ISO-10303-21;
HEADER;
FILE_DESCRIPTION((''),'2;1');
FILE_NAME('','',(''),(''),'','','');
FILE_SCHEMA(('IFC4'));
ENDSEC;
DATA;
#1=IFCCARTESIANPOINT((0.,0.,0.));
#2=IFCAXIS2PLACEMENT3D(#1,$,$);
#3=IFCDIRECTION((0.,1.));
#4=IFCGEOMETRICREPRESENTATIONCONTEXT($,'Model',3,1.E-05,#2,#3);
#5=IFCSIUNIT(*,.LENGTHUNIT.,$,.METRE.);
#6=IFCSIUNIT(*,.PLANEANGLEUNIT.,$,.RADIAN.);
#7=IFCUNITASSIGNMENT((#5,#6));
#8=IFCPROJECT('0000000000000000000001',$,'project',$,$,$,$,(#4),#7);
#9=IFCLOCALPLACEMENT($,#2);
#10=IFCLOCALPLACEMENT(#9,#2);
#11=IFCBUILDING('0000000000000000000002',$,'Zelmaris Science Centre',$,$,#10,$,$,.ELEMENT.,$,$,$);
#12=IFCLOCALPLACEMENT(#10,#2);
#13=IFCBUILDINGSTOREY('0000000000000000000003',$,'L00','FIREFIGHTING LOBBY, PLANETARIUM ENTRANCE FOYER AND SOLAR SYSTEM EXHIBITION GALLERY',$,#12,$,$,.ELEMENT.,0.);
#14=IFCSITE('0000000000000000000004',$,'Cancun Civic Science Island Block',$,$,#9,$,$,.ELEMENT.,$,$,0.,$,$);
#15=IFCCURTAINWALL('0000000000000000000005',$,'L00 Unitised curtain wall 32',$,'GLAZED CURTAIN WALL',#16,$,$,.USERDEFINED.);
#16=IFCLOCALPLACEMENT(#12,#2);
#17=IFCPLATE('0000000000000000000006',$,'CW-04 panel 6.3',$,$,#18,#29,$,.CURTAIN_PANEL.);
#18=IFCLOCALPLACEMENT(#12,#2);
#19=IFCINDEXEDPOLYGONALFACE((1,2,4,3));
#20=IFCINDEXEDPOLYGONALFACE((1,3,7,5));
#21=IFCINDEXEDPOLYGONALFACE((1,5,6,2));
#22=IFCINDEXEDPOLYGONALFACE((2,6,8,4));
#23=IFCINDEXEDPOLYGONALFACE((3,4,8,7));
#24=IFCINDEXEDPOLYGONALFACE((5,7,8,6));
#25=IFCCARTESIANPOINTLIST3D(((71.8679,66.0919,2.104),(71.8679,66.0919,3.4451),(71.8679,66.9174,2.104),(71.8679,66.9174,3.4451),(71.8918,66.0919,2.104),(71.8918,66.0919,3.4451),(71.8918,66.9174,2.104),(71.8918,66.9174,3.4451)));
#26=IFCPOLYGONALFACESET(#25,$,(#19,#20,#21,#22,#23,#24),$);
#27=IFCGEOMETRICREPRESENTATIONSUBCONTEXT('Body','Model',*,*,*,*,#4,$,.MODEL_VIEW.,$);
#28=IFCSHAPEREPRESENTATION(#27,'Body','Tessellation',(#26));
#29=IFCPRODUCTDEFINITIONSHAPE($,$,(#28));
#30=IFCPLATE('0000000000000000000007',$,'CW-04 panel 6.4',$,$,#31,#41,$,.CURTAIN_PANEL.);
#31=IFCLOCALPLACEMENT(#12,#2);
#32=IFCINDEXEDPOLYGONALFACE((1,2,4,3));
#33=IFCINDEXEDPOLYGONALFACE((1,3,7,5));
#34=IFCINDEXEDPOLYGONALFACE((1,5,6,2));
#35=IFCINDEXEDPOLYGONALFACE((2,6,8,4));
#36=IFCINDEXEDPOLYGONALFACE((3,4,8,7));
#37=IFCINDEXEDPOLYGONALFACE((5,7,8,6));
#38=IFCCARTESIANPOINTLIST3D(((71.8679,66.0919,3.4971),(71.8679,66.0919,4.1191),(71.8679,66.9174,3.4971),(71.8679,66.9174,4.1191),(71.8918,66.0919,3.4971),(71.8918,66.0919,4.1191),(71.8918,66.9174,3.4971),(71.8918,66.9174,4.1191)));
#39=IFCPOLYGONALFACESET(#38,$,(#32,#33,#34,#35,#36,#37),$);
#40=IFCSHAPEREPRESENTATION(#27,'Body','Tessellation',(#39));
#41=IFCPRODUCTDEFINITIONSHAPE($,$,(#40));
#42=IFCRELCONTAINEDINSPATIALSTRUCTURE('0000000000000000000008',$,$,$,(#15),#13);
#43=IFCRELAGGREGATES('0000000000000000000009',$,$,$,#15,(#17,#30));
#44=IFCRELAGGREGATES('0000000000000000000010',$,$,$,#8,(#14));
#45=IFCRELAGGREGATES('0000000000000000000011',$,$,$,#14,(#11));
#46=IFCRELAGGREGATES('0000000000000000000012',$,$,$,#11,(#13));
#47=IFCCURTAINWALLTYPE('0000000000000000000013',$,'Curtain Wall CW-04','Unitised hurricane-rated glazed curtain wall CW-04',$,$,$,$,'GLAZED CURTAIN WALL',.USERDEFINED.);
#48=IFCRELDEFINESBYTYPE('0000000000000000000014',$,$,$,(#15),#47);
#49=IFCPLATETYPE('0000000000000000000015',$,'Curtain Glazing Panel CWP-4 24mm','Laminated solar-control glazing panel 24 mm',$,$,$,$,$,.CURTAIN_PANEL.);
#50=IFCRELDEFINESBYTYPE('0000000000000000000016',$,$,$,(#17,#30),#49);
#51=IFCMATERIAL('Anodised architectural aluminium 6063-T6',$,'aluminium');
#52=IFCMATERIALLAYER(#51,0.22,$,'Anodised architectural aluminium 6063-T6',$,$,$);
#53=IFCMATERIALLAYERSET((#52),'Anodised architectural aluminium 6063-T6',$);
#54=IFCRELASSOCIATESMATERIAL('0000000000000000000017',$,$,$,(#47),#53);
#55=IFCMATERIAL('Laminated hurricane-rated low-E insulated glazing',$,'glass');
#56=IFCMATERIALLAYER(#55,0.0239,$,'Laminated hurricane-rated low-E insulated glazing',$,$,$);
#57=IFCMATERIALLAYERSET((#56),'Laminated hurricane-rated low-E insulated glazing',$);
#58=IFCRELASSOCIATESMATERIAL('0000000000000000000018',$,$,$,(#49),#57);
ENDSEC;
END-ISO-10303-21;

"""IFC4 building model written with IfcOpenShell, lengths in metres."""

from ifc_helpers import new_model, si_unit, direction, frame, origin, origin_2d, place, context, subcontext, project, spatial, rectangle, extrude, material, layer, layer_set, type_object, element, aggregate, save


model = new_model("IFC4")

# Units and contexts
model_context = context("Model", 3, precision=1e-05, world=origin(), true_north=direction((0.0, 1.0)))
body_context = subcontext(model_context, "Body", "Model", "MODEL_VIEW")
ifc_project = project(units=[si_unit("LENGTHUNIT", "METRE"), si_unit("PLANEANGLEUNIT", "RADIAN")], contexts=[model_context])

# Site, building, storey
site_placement = place(None, origin())
site = spatial("IfcSite", under=ifc_project, at=site_placement, Name="Cancun Civic Science Island Block", CompositionType="ELEMENT", RefElevation=0.0)
building_placement = place(site_placement, origin())
building = spatial("IfcBuilding", under=site, at=building_placement, Name="Zelmaris Science Centre", CompositionType="ELEMENT")
storey_placement = place(building_placement, origin())
storey = spatial("IfcBuildingStorey", under=building, at=storey_placement, Name="L00", Description="FIREFIGHTING LOBBY, PLANETARIUM ENTRANCE FOYER AND SOLAR SYSTEM EXHIBITION GALLERY", CompositionType="ELEMENT", Elevation=0.0)

# Curtain wall
ifc_material_1 = material(Name="Anodised architectural aluminium 6063-T6", Category="aluminium")
ifc_layer_1 = layer(ifc_material_1, 0.22, Name="Anodised architectural aluminium 6063-T6")
ifc_layer_set_1 = layer_set([ifc_layer_1], Name="Anodised architectural aluminium 6063-T6")
curtain_wall_type = type_object("IfcCurtainWallType", Name="Curtain Wall CW-04", Description="Unitised hurricane-rated glazed curtain wall CW-04", ElementType="GLAZED CURTAIN WALL", PredefinedType="USERDEFINED", material=ifc_layer_set_1)
curtain_wall_placement = place(storey_placement, origin())
curtain_wall = element("IfcCurtainWall", 1, at=curtain_wall_placement, inside=storey, type_object=curtain_wall_type, Name="L00 Unitised curtain wall 32", ObjectType="GLAZED CURTAIN WALL", PredefinedType="USERDEFINED")

# Plates
ifc_material_2 = material(Name="Laminated hurricane-rated low-E insulated glazing", Category="glass")
ifc_layer_2 = layer(ifc_material_2, 0.0239, Name="Laminated hurricane-rated low-E insulated glazing")
ifc_layer_set_2 = layer_set([ifc_layer_2], Name="Laminated hurricane-rated low-E insulated glazing")
plate_type = type_object("IfcPlateType", Name="Curtain Glazing Panel CWP-4 24mm", Description="Laminated solar-control glazing panel 24 mm", PredefinedType="CURTAIN_PANEL", material=ifc_layer_set_2)
plate_1_placement = place(storey_placement, frame((71.8799, 66.5046, 2.104), z_axis=(0.0, 0.0, 1.0), x_axis=(0.0, -1.0, 0.0)))
plate_1 = element("IfcPlate", 2, at=plate_1_placement, type_object=plate_type, Name="CW-04 panel 6.3", PredefinedType="CURTAIN_PANEL", context=body_context, shape_type="SweptSolid", body=[
    extrude(rectangle(XDim=0.8254, YDim=0.0239, at=origin_2d()), origin(), (0.0, 0.0, 1.0), 1.3411),
])
plate_2_placement = place(storey_placement, frame((71.8799, 66.5046, 3.4971), z_axis=(0.0, 0.0, 1.0), x_axis=(0.0, -1.0, 0.0)))
plate_2 = element("IfcPlate", 3, at=plate_2_placement, type_object=plate_type, Name="CW-04 panel 6.4", PredefinedType="CURTAIN_PANEL", context=body_context, shape_type="SweptSolid", body=[
    extrude(rectangle(XDim=0.8254, YDim=0.0239, at=origin_2d()), origin(), (0.0, 0.0, 1.0), 0.6221),
])
aggregate(curtain_wall, [plate_1, plate_2])

save(model, "model.ifc")
